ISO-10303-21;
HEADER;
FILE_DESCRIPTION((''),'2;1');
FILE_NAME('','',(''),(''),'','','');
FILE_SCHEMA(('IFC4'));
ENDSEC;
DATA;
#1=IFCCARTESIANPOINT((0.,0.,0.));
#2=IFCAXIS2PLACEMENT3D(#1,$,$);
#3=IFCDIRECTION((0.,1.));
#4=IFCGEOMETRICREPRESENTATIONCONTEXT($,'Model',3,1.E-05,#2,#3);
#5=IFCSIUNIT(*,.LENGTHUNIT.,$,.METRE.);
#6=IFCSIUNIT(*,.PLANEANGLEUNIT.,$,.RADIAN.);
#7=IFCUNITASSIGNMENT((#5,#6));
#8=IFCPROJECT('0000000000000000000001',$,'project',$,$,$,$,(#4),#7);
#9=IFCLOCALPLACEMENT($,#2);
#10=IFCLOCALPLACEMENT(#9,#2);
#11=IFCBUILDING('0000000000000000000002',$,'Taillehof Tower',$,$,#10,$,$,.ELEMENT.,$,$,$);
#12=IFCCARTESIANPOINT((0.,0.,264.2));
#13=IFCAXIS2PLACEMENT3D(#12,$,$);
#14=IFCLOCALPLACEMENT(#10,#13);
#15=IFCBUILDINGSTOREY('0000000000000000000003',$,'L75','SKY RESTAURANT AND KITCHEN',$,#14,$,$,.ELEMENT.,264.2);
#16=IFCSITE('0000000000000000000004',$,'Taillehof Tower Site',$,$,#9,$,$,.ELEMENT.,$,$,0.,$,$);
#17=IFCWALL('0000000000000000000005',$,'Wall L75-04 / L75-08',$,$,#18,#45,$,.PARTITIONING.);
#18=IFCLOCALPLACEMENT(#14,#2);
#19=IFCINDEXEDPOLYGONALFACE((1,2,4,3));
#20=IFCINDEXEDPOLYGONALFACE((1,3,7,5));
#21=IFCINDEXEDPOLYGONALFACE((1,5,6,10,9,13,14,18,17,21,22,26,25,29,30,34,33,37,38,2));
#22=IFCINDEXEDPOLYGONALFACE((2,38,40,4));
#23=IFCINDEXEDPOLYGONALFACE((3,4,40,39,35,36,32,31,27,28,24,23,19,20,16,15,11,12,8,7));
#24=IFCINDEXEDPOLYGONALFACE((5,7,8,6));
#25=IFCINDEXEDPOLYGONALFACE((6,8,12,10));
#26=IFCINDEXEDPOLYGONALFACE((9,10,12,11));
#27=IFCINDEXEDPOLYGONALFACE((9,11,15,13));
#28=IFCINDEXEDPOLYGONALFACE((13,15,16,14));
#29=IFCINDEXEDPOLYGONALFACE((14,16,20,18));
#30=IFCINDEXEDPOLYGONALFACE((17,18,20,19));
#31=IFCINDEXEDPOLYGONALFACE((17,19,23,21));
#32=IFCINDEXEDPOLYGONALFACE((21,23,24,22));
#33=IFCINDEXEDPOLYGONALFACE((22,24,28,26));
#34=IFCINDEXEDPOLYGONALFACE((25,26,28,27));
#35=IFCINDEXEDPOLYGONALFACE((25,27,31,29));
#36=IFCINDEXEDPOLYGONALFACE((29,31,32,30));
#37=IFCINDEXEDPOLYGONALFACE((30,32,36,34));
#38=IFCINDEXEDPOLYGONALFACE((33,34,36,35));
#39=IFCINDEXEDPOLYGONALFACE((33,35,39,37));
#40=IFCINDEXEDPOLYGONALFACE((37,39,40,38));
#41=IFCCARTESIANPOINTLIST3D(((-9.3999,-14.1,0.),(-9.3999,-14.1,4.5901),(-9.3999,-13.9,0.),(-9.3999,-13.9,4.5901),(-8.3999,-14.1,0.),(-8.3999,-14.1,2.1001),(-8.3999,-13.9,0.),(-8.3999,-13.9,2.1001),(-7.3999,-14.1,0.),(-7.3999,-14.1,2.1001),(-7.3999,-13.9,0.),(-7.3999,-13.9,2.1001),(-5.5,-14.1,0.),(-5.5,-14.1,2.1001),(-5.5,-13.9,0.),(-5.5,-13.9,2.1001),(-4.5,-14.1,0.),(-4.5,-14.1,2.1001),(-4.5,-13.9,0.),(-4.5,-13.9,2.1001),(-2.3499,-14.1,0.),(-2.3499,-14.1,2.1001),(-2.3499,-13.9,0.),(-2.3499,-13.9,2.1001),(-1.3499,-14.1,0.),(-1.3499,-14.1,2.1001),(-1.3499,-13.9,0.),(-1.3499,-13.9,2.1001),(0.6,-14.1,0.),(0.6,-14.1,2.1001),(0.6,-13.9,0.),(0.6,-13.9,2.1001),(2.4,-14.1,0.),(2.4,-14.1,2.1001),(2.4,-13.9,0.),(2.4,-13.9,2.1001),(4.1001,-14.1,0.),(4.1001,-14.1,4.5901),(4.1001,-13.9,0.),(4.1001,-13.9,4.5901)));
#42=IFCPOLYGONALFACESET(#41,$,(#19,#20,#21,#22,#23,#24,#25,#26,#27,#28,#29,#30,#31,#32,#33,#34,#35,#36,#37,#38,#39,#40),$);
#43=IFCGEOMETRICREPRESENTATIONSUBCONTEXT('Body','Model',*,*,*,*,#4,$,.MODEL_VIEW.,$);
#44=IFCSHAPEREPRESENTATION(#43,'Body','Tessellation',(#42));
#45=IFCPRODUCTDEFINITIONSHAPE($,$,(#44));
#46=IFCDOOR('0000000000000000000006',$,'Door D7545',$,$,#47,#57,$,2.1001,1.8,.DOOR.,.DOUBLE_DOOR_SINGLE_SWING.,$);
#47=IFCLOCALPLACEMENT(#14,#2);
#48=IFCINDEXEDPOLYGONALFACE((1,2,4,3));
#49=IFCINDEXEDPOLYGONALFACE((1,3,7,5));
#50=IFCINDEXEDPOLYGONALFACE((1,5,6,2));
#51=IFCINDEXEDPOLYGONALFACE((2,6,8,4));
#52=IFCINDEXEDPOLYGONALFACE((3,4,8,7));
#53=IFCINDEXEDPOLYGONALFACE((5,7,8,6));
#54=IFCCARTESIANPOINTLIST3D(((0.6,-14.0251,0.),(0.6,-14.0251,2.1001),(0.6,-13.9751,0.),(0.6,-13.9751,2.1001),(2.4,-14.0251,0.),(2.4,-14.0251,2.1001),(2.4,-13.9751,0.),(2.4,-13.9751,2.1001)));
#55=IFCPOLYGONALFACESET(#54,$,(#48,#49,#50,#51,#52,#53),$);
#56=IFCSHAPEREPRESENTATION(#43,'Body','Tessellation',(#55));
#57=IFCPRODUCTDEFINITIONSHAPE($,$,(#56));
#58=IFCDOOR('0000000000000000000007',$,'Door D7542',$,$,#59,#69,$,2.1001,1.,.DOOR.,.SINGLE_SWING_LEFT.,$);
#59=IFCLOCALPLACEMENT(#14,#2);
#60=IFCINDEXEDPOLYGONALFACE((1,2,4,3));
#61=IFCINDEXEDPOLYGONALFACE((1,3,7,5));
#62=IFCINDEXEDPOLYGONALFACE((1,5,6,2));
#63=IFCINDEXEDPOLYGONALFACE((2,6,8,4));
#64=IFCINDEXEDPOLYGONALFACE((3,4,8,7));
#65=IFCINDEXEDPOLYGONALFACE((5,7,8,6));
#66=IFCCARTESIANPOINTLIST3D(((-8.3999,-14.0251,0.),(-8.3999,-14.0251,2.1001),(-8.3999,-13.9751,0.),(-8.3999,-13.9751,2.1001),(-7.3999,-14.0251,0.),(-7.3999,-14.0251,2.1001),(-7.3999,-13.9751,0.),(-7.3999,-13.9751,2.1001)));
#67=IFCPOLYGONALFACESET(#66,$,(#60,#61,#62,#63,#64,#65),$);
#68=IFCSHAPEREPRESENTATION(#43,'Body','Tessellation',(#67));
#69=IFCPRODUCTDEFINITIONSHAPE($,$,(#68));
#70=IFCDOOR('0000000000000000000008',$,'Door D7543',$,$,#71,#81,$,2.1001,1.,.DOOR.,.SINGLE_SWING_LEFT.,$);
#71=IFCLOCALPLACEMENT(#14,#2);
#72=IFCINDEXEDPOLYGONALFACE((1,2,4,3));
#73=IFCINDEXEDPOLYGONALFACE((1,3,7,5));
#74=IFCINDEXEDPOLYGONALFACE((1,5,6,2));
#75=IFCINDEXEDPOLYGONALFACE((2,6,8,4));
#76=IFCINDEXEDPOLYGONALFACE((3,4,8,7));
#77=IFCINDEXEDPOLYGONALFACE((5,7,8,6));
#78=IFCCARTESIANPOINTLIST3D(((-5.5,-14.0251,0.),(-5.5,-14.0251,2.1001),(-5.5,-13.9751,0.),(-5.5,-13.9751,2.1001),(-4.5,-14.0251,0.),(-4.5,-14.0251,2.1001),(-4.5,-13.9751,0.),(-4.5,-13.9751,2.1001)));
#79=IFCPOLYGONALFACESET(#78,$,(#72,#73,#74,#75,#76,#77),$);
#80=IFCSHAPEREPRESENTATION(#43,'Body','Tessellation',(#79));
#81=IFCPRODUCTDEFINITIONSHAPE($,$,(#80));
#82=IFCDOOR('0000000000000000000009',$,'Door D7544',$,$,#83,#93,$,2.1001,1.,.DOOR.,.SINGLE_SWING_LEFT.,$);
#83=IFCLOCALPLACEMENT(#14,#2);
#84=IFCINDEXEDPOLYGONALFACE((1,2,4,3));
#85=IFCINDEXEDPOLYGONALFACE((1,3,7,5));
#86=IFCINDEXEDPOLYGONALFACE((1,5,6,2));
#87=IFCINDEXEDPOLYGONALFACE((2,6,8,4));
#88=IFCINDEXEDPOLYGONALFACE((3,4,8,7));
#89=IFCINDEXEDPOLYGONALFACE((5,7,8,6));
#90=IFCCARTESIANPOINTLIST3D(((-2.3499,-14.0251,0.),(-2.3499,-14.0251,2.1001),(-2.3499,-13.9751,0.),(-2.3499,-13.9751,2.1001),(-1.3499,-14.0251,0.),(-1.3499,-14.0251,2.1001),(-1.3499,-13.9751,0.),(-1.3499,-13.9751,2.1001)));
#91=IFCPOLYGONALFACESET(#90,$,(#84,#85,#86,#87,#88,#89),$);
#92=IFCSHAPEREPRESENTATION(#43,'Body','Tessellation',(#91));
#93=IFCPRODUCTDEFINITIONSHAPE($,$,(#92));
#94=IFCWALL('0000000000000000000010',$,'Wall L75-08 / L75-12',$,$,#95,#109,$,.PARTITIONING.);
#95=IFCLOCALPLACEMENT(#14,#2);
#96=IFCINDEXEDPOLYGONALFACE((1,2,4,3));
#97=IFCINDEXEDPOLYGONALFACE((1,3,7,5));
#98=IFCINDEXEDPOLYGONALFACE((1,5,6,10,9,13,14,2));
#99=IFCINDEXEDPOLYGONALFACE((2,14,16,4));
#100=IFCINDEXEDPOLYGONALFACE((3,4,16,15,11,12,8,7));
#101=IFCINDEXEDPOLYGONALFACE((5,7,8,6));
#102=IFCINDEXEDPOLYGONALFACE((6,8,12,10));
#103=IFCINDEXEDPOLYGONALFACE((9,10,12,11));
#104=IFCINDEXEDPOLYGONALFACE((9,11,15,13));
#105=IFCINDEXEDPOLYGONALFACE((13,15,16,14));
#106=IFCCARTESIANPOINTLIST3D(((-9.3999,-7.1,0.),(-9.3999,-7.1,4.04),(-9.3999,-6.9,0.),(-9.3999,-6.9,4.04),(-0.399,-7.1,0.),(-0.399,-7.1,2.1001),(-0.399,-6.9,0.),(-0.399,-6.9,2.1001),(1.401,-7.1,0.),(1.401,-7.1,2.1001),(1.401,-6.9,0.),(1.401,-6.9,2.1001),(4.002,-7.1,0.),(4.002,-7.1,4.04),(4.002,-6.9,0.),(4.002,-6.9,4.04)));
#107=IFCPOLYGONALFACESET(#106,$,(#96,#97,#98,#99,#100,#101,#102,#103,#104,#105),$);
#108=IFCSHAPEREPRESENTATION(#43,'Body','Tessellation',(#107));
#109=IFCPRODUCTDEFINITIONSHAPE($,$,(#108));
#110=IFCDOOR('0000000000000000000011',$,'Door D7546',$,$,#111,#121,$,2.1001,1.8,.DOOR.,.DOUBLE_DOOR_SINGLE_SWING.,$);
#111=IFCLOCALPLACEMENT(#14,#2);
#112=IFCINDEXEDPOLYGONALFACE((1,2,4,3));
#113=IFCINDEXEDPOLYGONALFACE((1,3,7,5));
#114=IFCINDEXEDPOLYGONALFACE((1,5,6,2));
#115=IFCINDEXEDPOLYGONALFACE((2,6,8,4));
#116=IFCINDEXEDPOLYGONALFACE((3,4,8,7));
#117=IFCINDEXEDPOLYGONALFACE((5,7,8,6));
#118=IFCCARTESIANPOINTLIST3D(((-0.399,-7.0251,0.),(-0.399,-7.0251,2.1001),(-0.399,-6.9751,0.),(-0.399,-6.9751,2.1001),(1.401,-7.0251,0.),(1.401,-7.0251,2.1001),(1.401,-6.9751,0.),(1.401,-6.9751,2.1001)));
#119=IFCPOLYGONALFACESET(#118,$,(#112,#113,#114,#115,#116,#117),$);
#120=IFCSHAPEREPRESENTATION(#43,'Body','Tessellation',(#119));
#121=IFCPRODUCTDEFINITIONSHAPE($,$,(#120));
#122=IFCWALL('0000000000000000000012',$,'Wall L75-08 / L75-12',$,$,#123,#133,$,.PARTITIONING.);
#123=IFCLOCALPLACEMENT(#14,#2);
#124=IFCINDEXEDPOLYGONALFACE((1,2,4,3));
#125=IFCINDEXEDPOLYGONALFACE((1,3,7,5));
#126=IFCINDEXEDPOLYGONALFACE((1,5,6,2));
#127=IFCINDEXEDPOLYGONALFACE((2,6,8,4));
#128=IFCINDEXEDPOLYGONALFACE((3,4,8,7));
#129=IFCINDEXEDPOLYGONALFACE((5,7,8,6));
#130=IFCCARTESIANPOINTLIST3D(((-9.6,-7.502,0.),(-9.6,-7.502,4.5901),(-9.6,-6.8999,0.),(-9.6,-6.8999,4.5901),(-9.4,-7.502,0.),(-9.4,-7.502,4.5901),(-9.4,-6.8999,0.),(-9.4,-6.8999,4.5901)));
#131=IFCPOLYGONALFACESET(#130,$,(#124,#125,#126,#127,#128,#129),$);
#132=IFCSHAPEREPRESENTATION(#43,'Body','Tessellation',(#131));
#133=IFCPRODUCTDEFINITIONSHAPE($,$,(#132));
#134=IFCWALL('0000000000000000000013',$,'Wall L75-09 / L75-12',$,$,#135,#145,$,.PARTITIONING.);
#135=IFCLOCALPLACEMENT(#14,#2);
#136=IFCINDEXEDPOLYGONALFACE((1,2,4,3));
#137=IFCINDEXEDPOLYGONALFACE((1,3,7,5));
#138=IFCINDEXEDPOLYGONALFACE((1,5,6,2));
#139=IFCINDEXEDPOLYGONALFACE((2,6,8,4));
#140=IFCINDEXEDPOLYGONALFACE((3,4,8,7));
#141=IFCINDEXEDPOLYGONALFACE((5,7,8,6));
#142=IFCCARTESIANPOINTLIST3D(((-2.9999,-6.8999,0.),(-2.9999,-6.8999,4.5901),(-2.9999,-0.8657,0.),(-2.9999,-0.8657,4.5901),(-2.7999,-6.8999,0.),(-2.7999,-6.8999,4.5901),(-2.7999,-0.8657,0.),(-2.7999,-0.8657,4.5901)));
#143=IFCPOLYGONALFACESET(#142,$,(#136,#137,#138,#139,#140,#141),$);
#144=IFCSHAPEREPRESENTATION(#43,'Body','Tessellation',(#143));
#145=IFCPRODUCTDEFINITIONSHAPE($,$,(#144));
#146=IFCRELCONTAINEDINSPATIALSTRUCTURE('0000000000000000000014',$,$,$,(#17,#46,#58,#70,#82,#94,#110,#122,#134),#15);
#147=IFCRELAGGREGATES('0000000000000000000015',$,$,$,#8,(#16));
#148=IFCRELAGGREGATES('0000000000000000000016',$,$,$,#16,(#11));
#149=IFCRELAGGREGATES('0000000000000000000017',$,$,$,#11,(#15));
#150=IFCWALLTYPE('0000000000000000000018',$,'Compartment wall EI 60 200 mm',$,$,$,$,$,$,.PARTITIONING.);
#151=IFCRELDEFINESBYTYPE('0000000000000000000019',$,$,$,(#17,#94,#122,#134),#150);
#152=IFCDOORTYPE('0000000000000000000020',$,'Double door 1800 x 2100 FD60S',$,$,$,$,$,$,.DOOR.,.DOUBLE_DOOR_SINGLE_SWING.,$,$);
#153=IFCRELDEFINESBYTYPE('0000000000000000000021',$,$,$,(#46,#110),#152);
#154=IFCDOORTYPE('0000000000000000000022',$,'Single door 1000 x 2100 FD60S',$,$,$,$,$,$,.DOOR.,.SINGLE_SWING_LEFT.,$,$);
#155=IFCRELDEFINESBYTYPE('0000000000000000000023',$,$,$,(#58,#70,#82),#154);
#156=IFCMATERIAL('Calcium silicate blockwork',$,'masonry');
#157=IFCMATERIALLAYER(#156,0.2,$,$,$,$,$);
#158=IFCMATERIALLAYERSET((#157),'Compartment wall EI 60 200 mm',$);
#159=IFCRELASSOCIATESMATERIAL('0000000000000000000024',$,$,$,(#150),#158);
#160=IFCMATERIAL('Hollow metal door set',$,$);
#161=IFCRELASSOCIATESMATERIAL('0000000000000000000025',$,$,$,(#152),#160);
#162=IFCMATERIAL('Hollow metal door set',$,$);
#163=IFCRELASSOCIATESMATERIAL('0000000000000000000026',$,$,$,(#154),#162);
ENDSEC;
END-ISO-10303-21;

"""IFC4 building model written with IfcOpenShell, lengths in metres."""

from ifc_helpers import new_model, si_unit, direction, frame, frame_2d, origin, place, context, subcontext, project, spatial, rectangle, extrude, material, layer, layer_set, type_object, element, fill, save


model = new_model("IFC4")

# Units and contexts
model_context = context("Model", 3, precision=1e-05, world=origin(), true_north=direction((0.0, 1.0)))
body_context = subcontext(model_context, "Body", "Model", "MODEL_VIEW")
ifc_project = project(units=[si_unit("LENGTHUNIT", "METRE"), si_unit("PLANEANGLEUNIT", "RADIAN")], contexts=[model_context])

# Site, building, storey
site_placement = place(None, origin())
site = spatial("IfcSite", under=ifc_project, at=site_placement, Name="Taillehof Tower Site", CompositionType="ELEMENT", RefElevation=0.0)
building_placement = place(site_placement, origin())
building = spatial("IfcBuilding", under=site, at=building_placement, Name="Taillehof Tower", CompositionType="ELEMENT")
storey_placement = place(building_placement, frame((0.0, 0.0, 264.2)))
storey = spatial("IfcBuildingStorey", under=building, at=storey_placement, Name="L75", Description="SKY RESTAURANT AND KITCHEN", CompositionType="ELEMENT", Elevation=264.2)

# Wall, openings, doors
ifc_material_1 = material(Name="Calcium silicate blockwork", Category="masonry")
ifc_layer_1 = layer(ifc_material_1, 0.2)
ifc_layer_set_1 = layer_set([ifc_layer_1], Name="Compartment wall EI 60 200 mm")
wall_type_1 = type_object("IfcWallType", Name="Compartment wall EI 60 200 mm", PredefinedType="PARTITIONING", material=ifc_layer_set_1)
wall_1_placement = place(storey_placement, frame((-9.3999, -14.0, 0.0), z_axis=(0.0, 0.0, 1.0), x_axis=(1.0, 0.0, 0.0)))
wall_1 = element("IfcWall", 1, at=wall_1_placement, inside=storey, type_object=wall_type_1, Name="Wall L75-04 / L75-08", PredefinedType="PARTITIONING", context=body_context, shape_type="SweptSolid", body=[
    extrude(rectangle(XDim=13.5, YDim=0.2, at=frame_2d((6.75, 0.0))), origin(), (0.0, 0.0, 1.0), 4.5901),
])
opening_1_placement = place(wall_1_placement, frame((10.0, 0.0, 0.0)))
opening_1 = element("IfcOpeningElement", 2, at=opening_1_placement, cuts=wall_1, PredefinedType="OPENING", context=body_context, shape_type="SweptSolid", body=[
    extrude(rectangle(XDim=1.8, YDim=2.1001, at=frame_2d((0.8999, 1.05))), frame((0.0, 0.1099, 0.0), z_axis=(0.0, -1.0, 0.0), x_axis=(1.0, 0.0, 0.0)), (0.0, 0.0, 1.0), 0.22),
])
opening_2_placement = place(wall_1_placement, frame((1.0, 0.0, 0.0)))
opening_2 = element("IfcOpeningElement", 3, at=opening_2_placement, cuts=wall_1, PredefinedType="OPENING", context=body_context, shape_type="SweptSolid", body=[
    extrude(rectangle(XDim=1.0, YDim=2.1001, at=frame_2d((0.5, 1.05))), frame((0.0, 0.1099, 0.0), z_axis=(0.0, -1.0, 0.0), x_axis=(1.0, 0.0, 0.0)), (0.0, 0.0, 1.0), 0.22),
])
opening_3_placement = place(wall_1_placement, frame((3.8999, 0.0, 0.0)))
opening_3 = element("IfcOpeningElement", 4, at=opening_3_placement, cuts=wall_1, PredefinedType="OPENING", context=body_context, shape_type="SweptSolid", body=[
    extrude(rectangle(XDim=1.0, YDim=2.1001, at=frame_2d((0.5, 1.05))), frame((0.0, 0.1099, 0.0), z_axis=(0.0, -1.0, 0.0), x_axis=(1.0, 0.0, 0.0)), (0.0, 0.0, 1.0), 0.22),
])
opening_4_placement = place(wall_1_placement, frame((7.05, 0.0, 0.0)))
opening_4 = element("IfcOpeningElement", 5, at=opening_4_placement, cuts=wall_1, PredefinedType="OPENING", context=body_context, shape_type="SweptSolid", body=[
    extrude(rectangle(XDim=1.0, YDim=2.1001, at=frame_2d((0.5, 1.05))), frame((0.0, 0.1099, 0.0), z_axis=(0.0, -1.0, 0.0), x_axis=(1.0, 0.0, 0.0)), (0.0, 0.0, 1.0), 0.22),
])
ifc_material_2 = material(Name="Hollow metal door set")
door_type_1 = type_object("IfcDoorType", Name="Double door 1800 x 2100 FD60S", OperationType="DOUBLE_DOOR_SINGLE_SWING", PredefinedType="DOOR", material=ifc_material_2)
door_1_placement = place(opening_1_placement, origin())
door_1 = element("IfcDoor", 6, at=door_1_placement, inside=storey, type_object=door_type_1, Name="Door D7545", OperationType="DOUBLE_DOOR_SINGLE_SWING", OverallHeight=2.1001, OverallWidth=1.8, PredefinedType="DOOR", context=body_context, shape_type="SweptSolid", body=[
    extrude(rectangle(XDim=1.8, YDim=2.1001, at=frame_2d((0.8999, 1.05))), frame((0.0, 0.0249, 0.0), z_axis=(0.0, -1.0, 0.0), x_axis=(1.0, 0.0, 0.0)), (0.0, 0.0, 1.0), 0.05),
])
fill(opening_1, door_1)
ifc_material_3 = material(Name="Hollow metal door set")
door_type_2 = type_object("IfcDoorType", Name="Single door 1000 x 2100 FD60S", OperationType="SINGLE_SWING_LEFT", PredefinedType="DOOR", material=ifc_material_3)
door_2_placement = place(opening_2_placement, origin())
door_2 = element("IfcDoor", 7, at=door_2_placement, inside=storey, type_object=door_type_2, Name="Door D7542", OperationType="SINGLE_SWING_LEFT", OverallHeight=2.1001, OverallWidth=1.0, PredefinedType="DOOR", context=body_context, shape_type="SweptSolid", body=[
    extrude(rectangle(XDim=1.0, YDim=2.1001, at=frame_2d((0.5, 1.05))), frame((0.0, 0.0249, 0.0), z_axis=(0.0, -1.0, 0.0), x_axis=(1.0, 0.0, 0.0)), (0.0, 0.0, 1.0), 0.05),
])
fill(opening_2, door_2)
door_3_placement = place(opening_3_placement, origin())
door_3 = element("IfcDoor", 8, at=door_3_placement, inside=storey, type_object=door_type_2, Name="Door D7543", OperationType="SINGLE_SWING_LEFT", OverallHeight=2.1001, OverallWidth=1.0, PredefinedType="DOOR", context=body_context, shape_type="SweptSolid", body=[
    extrude(rectangle(XDim=1.0, YDim=2.1001, at=frame_2d((0.5, 1.05))), frame((0.0, 0.0249, 0.0), z_axis=(0.0, -1.0, 0.0), x_axis=(1.0, 0.0, 0.0)), (0.0, 0.0, 1.0), 0.05),
])
fill(opening_3, door_3)
door_4_placement = place(opening_4_placement, origin())
door_4 = element("IfcDoor", 9, at=door_4_placement, inside=storey, type_object=door_type_2, Name="Door D7544", OperationType="SINGLE_SWING_LEFT", OverallHeight=2.1001, OverallWidth=1.0, PredefinedType="DOOR", context=body_context, shape_type="SweptSolid", body=[
    extrude(rectangle(XDim=1.0, YDim=2.1001, at=frame_2d((0.5, 1.05))), frame((0.0, 0.0249, 0.0), z_axis=(0.0, -1.0, 0.0), x_axis=(1.0, 0.0, 0.0)), (0.0, 0.0, 1.0), 0.05),
])
fill(opening_4, door_4)

# Wall, opening, door
wall_2_placement = place(storey_placement, frame((-9.3999, -7.0, 0.0), z_axis=(0.0, 0.0, 1.0), x_axis=(1.0, 0.0, 0.0)))
wall_2 = element("IfcWall", 10, at=wall_2_placement, inside=storey, type_object=wall_type_1, Name="Wall L75-08 / L75-12", PredefinedType="PARTITIONING", context=body_context, shape_type="SweptSolid", body=[
    extrude(rectangle(XDim=13.4019, YDim=0.2, at=frame_2d((6.7009, 0.0))), origin(), (0.0, 0.0, 1.0), 4.04),
])
opening_5_placement = place(wall_2_placement, frame((9.001, 0.0, 0.0)))
opening_5 = element("IfcOpeningElement", 11, at=opening_5_placement, cuts=wall_2, PredefinedType="OPENING", context=body_context, shape_type="SweptSolid", body=[
    extrude(rectangle(XDim=1.8, YDim=2.1001, at=frame_2d((0.8999, 1.05))), frame((0.0, 0.1099, 0.0), z_axis=(0.0, -1.0, 0.0), x_axis=(1.0, 0.0, 0.0)), (0.0, 0.0, 1.0), 0.22),
])
door_5_placement = place(opening_5_placement, origin())
door_5 = element("IfcDoor", 12, at=door_5_placement, inside=storey, type_object=door_type_1, Name="Door D7546", OperationType="DOUBLE_DOOR_SINGLE_SWING", OverallHeight=2.1001, OverallWidth=1.8, PredefinedType="DOOR", context=body_context, shape_type="SweptSolid", body=[
    extrude(rectangle(XDim=1.8, YDim=2.1001, at=frame_2d((0.8999, 1.05))), frame((0.0, 0.0249, 0.0), z_axis=(0.0, -1.0, 0.0), x_axis=(1.0, 0.0, 0.0)), (0.0, 0.0, 1.0), 0.05),
])
fill(opening_5, door_5)

# Walls
wall_3_placement = place(storey_placement, frame((-9.5, -7.502, 0.0), z_axis=(0.0, 0.0, 1.0), x_axis=(0.0, 1.0, 0.0)))
element("IfcWall", 13, at=wall_3_placement, inside=storey, type_object=wall_type_1, Name="Wall L75-08 / L75-12", PredefinedType="PARTITIONING", context=body_context, shape_type="SweptSolid", body=[
    extrude(rectangle(XDim=0.6021, YDim=0.2, at=frame_2d((0.301, 0.0))), origin(), (0.0, 0.0, 1.0), 4.5901),
])
wall_4_placement = place(storey_placement, frame((-2.8999, -6.8999, 0.0), z_axis=(0.0, 0.0, 1.0), x_axis=(0.0, 1.0, 0.0)))
element("IfcWall", 14, at=wall_4_placement, inside=storey, type_object=wall_type_1, Name="Wall L75-09 / L75-12", PredefinedType="PARTITIONING", context=body_context, shape_type="SweptSolid", body=[
    extrude(rectangle(XDim=6.0342, YDim=0.2, at=frame_2d((3.0171, 0.0))), origin(), (0.0, 0.0, 1.0), 4.5901),
])

save(model, "model.ifc")
